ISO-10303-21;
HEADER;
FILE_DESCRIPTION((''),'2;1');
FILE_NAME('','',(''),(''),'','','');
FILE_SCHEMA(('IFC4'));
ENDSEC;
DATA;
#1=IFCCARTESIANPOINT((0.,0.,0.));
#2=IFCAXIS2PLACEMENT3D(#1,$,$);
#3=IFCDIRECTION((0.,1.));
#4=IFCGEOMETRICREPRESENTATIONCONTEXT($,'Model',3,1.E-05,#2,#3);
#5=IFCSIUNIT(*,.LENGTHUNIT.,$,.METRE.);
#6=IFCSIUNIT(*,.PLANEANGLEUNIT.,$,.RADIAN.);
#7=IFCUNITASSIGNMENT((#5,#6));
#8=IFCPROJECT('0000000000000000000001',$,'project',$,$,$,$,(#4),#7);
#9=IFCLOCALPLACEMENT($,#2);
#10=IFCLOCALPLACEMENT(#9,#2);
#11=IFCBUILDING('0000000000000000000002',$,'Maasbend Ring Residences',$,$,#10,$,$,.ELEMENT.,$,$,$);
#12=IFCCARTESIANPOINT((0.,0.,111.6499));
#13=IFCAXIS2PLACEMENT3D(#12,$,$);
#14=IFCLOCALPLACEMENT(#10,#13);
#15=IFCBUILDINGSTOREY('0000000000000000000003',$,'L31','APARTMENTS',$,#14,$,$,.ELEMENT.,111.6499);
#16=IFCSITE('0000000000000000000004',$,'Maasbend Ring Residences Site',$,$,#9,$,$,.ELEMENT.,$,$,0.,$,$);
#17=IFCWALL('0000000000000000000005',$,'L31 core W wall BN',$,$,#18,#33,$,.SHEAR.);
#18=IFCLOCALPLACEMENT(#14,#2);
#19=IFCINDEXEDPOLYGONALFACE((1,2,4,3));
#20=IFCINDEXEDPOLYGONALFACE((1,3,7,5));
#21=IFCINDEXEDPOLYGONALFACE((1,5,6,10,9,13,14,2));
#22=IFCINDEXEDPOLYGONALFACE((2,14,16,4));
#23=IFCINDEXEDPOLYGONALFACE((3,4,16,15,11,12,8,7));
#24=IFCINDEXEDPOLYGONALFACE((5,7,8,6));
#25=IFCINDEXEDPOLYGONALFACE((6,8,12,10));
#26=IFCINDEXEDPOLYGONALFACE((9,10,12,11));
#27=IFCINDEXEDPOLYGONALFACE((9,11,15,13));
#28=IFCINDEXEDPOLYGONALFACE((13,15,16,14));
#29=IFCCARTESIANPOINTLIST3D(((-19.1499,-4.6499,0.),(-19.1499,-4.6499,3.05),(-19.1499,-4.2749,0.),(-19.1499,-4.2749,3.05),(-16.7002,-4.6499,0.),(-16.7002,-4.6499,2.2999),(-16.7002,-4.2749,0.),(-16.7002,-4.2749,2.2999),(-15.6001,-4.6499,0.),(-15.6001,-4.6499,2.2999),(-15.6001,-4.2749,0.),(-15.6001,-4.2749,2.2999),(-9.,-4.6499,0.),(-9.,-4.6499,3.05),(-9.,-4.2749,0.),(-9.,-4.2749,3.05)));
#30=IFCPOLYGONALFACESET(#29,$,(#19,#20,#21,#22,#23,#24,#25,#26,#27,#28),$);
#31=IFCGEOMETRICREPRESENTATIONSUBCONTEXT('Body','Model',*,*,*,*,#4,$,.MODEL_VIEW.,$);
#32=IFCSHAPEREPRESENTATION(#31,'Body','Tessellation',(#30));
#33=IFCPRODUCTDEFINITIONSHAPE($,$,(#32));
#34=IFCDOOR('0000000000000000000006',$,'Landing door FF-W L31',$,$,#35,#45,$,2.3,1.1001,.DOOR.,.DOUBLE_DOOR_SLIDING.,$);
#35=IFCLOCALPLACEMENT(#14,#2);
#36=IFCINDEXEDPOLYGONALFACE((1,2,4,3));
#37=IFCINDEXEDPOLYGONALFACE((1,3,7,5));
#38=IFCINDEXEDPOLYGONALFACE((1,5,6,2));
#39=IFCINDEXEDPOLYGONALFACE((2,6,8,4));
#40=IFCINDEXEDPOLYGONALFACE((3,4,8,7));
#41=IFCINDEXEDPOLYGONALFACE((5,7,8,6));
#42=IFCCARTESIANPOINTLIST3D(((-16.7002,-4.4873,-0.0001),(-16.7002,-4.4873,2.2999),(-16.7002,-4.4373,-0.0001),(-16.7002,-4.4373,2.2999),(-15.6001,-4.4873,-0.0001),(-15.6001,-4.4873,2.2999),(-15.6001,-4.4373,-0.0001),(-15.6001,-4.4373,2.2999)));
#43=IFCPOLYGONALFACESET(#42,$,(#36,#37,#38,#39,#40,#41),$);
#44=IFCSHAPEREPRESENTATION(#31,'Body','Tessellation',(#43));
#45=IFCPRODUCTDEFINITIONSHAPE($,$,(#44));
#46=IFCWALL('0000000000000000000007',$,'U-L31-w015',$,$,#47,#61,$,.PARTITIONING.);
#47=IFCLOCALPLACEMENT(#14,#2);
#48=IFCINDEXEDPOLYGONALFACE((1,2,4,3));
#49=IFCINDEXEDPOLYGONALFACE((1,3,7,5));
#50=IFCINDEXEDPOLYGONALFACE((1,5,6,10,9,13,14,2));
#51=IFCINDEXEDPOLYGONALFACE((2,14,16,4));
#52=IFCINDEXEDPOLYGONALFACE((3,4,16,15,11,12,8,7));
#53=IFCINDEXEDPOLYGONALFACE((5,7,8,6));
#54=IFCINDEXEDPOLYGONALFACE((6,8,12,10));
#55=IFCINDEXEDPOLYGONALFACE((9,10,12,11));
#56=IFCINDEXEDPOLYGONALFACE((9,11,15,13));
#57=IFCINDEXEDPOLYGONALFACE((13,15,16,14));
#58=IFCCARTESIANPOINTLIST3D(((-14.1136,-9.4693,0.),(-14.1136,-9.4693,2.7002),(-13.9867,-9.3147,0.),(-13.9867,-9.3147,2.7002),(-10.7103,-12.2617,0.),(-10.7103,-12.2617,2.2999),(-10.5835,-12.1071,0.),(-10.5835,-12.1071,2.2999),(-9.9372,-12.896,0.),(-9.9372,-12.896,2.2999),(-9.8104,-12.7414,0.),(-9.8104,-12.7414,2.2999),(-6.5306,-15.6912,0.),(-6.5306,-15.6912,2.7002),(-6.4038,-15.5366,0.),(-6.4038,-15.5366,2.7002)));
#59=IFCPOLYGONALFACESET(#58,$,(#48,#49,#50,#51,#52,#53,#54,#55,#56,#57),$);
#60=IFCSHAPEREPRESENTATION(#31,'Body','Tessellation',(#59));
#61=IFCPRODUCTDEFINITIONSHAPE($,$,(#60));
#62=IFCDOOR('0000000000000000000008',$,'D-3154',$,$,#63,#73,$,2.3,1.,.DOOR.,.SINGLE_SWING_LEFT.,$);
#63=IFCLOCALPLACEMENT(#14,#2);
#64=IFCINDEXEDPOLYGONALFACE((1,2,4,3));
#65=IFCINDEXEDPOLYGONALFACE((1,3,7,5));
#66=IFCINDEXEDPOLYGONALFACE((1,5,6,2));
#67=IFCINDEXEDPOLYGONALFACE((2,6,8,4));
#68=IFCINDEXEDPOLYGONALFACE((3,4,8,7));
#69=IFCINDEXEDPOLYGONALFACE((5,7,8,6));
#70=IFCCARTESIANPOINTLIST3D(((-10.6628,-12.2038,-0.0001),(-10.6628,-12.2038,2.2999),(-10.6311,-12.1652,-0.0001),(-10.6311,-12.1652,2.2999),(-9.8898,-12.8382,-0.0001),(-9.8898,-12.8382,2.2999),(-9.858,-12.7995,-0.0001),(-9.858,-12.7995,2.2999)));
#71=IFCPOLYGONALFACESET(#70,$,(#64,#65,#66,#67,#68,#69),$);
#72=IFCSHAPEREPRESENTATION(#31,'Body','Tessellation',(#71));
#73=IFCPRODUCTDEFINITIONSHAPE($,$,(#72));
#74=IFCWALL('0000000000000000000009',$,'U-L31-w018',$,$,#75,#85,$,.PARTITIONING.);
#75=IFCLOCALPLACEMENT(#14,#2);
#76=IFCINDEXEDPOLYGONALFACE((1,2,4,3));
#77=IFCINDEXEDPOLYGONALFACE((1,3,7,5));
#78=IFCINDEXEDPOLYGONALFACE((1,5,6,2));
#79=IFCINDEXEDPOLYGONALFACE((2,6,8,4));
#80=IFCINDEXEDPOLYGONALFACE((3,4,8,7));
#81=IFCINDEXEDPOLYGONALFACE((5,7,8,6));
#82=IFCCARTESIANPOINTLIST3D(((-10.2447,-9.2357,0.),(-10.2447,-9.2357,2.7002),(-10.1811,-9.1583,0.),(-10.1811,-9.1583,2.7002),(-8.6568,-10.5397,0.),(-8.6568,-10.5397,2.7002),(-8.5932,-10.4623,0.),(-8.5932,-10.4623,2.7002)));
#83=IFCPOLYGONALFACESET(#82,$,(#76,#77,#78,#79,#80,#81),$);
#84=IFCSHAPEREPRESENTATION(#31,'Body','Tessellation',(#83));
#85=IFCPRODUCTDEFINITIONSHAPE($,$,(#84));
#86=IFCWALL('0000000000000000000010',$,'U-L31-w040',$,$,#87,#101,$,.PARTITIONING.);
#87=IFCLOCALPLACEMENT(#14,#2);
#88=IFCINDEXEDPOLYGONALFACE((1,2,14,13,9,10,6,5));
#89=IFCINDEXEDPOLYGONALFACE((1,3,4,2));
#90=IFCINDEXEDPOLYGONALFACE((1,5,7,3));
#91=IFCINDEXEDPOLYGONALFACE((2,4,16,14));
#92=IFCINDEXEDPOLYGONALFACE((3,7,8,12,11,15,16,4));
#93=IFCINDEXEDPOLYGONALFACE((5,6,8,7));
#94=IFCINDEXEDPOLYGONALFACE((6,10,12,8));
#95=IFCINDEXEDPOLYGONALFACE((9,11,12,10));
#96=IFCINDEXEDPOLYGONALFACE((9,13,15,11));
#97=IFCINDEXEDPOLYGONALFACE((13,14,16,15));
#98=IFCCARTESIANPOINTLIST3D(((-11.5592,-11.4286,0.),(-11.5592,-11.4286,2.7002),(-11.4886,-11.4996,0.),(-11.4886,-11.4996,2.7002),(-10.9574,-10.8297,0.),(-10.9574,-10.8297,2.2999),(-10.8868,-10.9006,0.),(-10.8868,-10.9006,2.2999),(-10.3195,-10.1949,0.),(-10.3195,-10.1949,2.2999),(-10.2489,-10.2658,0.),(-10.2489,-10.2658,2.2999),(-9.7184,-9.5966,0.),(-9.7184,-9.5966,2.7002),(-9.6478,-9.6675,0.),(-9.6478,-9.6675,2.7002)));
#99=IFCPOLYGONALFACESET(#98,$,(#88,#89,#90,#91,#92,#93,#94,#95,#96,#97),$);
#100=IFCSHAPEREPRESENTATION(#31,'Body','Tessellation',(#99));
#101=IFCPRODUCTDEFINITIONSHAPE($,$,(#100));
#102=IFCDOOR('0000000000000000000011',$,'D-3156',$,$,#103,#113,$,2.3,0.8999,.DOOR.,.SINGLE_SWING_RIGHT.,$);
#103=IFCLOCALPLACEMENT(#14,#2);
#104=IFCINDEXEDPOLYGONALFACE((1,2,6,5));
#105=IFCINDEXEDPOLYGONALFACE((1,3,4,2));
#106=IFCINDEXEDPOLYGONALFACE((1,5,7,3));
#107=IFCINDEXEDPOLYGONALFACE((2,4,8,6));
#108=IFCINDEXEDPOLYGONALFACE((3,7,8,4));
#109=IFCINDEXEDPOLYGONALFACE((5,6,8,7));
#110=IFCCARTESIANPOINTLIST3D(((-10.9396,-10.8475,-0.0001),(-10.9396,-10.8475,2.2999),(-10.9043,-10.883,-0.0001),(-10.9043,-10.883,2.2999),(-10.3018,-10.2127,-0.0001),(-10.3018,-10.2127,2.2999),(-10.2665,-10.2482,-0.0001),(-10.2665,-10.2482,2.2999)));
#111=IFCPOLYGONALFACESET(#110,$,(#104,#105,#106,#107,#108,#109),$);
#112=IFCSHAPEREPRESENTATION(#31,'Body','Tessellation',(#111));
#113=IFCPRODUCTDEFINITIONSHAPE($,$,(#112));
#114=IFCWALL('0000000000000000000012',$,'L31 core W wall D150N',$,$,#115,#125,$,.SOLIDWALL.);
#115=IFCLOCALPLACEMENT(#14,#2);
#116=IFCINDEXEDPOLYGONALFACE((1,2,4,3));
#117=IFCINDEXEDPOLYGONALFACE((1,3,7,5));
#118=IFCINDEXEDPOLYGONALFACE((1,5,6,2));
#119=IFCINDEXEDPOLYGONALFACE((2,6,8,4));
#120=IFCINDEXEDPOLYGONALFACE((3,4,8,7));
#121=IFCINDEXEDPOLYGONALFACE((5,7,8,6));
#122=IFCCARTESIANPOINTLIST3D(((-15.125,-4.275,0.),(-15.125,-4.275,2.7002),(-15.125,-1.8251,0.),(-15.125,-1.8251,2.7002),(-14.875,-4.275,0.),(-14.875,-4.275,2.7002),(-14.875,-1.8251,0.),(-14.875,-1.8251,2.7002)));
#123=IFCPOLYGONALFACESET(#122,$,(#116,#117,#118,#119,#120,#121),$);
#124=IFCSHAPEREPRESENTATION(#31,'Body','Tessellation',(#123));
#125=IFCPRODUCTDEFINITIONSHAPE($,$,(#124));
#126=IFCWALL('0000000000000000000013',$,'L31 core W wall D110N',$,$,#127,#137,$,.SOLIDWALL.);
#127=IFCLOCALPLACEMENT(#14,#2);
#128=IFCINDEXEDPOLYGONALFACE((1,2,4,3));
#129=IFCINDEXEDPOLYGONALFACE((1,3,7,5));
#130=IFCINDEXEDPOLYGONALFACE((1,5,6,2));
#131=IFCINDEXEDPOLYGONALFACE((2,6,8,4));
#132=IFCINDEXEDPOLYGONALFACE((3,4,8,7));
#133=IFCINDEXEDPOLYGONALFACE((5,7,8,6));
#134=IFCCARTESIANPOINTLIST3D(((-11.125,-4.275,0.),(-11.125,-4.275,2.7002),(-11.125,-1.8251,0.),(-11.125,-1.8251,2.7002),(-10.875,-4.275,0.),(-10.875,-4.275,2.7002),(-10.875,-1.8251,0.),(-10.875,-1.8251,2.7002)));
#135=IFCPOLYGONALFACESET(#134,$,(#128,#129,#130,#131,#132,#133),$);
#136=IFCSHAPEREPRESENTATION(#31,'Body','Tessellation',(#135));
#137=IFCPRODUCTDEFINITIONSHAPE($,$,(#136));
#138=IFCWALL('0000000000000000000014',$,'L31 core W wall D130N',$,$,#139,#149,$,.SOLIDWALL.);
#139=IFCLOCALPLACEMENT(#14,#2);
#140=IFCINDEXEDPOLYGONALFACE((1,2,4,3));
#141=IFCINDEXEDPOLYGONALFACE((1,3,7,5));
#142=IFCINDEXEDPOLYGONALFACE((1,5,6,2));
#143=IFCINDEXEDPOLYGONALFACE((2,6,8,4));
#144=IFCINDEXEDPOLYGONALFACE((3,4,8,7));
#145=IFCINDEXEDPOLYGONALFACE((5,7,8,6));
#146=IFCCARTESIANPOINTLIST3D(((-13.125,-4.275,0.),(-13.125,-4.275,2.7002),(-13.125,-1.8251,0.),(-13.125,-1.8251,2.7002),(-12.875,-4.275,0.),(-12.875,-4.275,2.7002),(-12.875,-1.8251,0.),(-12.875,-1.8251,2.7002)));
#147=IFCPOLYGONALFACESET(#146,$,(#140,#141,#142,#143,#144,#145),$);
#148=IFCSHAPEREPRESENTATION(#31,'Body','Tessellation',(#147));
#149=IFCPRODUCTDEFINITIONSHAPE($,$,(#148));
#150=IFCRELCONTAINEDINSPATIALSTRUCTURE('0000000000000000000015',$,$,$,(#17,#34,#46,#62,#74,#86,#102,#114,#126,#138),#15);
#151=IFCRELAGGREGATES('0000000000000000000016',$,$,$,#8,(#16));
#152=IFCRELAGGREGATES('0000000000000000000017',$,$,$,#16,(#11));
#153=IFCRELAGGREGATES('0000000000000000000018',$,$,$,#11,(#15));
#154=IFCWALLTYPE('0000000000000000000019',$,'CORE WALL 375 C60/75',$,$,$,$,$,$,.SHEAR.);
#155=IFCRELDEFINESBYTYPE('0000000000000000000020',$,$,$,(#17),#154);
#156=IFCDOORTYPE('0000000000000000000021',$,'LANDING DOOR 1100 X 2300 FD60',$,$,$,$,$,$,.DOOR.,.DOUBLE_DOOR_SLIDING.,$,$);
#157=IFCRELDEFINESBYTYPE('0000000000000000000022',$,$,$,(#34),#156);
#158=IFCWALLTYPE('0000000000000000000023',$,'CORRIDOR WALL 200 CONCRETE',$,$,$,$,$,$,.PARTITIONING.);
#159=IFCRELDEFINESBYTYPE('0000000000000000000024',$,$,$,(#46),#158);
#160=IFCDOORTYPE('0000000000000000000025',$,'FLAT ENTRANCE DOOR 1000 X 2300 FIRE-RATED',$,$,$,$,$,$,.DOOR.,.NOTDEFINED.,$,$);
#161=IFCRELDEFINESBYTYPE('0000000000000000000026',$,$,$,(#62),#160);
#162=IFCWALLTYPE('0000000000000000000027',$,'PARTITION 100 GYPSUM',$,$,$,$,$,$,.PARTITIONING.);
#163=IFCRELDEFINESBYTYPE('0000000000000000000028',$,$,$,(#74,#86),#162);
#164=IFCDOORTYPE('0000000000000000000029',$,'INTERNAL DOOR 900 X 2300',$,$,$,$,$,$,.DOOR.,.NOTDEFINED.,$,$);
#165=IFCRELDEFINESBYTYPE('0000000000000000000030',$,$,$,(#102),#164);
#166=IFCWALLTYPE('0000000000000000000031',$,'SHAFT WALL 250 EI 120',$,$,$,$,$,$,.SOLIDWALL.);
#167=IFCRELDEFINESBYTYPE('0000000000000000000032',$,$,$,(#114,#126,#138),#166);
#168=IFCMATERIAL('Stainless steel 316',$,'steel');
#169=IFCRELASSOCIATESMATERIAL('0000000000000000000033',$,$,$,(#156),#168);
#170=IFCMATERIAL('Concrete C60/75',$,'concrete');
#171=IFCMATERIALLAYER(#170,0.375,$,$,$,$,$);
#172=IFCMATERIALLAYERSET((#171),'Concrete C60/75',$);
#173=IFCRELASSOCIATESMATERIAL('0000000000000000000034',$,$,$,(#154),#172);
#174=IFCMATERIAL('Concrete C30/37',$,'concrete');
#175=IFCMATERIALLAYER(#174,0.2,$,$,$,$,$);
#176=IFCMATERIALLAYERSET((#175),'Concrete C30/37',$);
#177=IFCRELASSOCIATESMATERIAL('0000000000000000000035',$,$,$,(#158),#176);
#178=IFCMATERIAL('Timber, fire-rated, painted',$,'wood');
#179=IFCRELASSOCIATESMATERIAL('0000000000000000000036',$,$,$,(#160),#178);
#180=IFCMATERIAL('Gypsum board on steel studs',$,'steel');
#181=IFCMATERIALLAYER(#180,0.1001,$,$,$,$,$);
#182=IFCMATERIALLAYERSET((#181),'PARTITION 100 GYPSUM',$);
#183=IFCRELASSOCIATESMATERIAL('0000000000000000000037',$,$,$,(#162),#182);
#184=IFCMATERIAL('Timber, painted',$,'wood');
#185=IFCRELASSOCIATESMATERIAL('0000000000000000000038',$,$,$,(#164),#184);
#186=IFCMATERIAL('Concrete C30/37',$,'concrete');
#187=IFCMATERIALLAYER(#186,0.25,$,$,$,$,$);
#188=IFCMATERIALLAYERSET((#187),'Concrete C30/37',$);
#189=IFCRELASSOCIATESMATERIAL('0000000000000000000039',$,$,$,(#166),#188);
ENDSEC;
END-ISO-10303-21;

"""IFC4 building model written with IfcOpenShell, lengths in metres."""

from ifc_helpers import new_model, si_unit, direction, frame, frame_2d, origin, place, context, subcontext, project, spatial, rectangle, extrude, material, layer, layer_set, type_object, element, fill, save


model = new_model("IFC4")

# Units and contexts
model_context = context("Model", 3, precision=1e-05, world=origin(), true_north=direction((0.0, 1.0)))
body_context = subcontext(model_context, "Body", "Model", "MODEL_VIEW")
ifc_project = project(units=[si_unit("LENGTHUNIT", "METRE"), si_unit("PLANEANGLEUNIT", "RADIAN")], contexts=[model_context])

# Site, building, storey
site_placement = place(None, origin())
site = spatial("IfcSite", under=ifc_project, at=site_placement, Name="Maasbend Ring Residences Site", CompositionType="ELEMENT", RefElevation=0.0)
building_placement = place(site_placement, origin())
building = spatial("IfcBuilding", under=site, at=building_placement, Name="Maasbend Ring Residences", CompositionType="ELEMENT")
storey_placement = place(building_placement, frame((0.0, 0.0, 111.6499)))
storey = spatial("IfcBuildingStorey", under=building, at=storey_placement, Name="L31", Description="APARTMENTS", CompositionType="ELEMENT", Elevation=111.6499)

# Shared definitions
ifc_material_1 = material(Name="Stainless steel 316", Category="steel")
door_type_1 = type_object("IfcDoorType", Name="LANDING DOOR 1100 X 2300 FD60", OperationType="DOUBLE_DOOR_SLIDING", PredefinedType="DOOR", material=ifc_material_1)

# Walls, openings, doors
ifc_material_2 = material(Name="Concrete C60/75", Category="concrete")
ifc_layer_1 = layer(ifc_material_2, 0.375)
ifc_layer_set_1 = layer_set([ifc_layer_1], Name="Concrete C60/75")
wall_type_1 = type_object("IfcWallType", Name="CORE WALL 375 C60/75", PredefinedType="SHEAR", material=ifc_layer_set_1)
wall_1_placement = place(storey_placement, frame((-9.0, -4.4624, 0.0), z_axis=(0.0, 0.0, 1.0), x_axis=(-1.0, 0.0, 0.0)))
wall_1 = element("IfcWall", 1, at=wall_1_placement, inside=storey, type_object=wall_type_1, Name="L31 core W wall BN", PredefinedType="SHEAR", context=body_context, shape_type="SweptSolid", body=[
    extrude(rectangle(XDim=10.1499, YDim=0.375, at=frame_2d((5.075, 0.0))), origin(), (0.0, 0.0, 1.0), 3.05),
])
opening_1_placement = place(wall_1_placement, frame((6.6001, 0.0, 0.0)))
opening_1 = element("IfcOpeningElement", 2, at=opening_1_placement, cuts=wall_1, PredefinedType="OPENING", context=body_context, shape_type="SweptSolid", body=[
    extrude(rectangle(XDim=1.1001, YDim=2.3, at=frame_2d((0.55, 1.1499))), frame((0.0, 0.1975, 0.0), z_axis=(0.0, -1.0, 0.0), x_axis=(1.0, 0.0, 0.0)), (0.0, 0.0, 1.0), 0.395),
])
door_1_placement = place(opening_1_placement, origin())
door_1 = element("IfcDoor", 3, at=door_1_placement, inside=storey, type_object=door_type_1, Name="Landing door FF-W L31", OperationType="DOUBLE_DOOR_SLIDING", OverallHeight=2.3, OverallWidth=1.1001, PredefinedType="DOOR", context=body_context, shape_type="SweptSolid", body=[
    extrude(rectangle(XDim=1.1001, YDim=2.3, at=frame_2d((0.55, 1.1499))), frame((0.0, 0.0249, 0.0), z_axis=(0.0, -1.0, 0.0), x_axis=(1.0, 0.0, 0.0)), (0.0, 0.0, 1.0), 0.05),
])
fill(opening_1, door_1)
ifc_material_3 = material(Name="Concrete C30/37", Category="concrete")
ifc_layer_2 = layer(ifc_material_3, 0.2)
ifc_layer_set_2 = layer_set([ifc_layer_2], Name="Concrete C30/37")
wall_type_2 = type_object("IfcWallType", Name="CORRIDOR WALL 200 CONCRETE", PredefinedType="PARTITIONING", material=ifc_layer_set_2)
wall_2_placement = place(storey_placement, frame((-14.05, -9.3921, 0.0), z_axis=(0.0, 0.0, 1.0), x_axis=(0.773075, -0.634315, 0.0)))
wall_2 = element("IfcWall", 4, at=wall_2_placement, inside=storey, type_object=wall_type_2, Name="U-L31-w015", PredefinedType="PARTITIONING", context=body_context, shape_type="SweptSolid", body=[
    extrude(rectangle(XDim=9.8088, YDim=0.2, at=frame_2d((4.9043, 0.0))), origin(), (0.0, 0.0, 1.0), 2.7002),
])
opening_2_placement = place(wall_2_placement, frame((4.4021, 0.0, 0.0)))
opening_2 = element("IfcOpeningElement", 5, at=opening_2_placement, cuts=wall_2, PredefinedType="OPENING", context=body_context, shape_type="SweptSolid", body=[
    extrude(rectangle(XDim=1.0, YDim=2.3, at=frame_2d((0.5, 1.1499))), frame((0.0, 0.1099, 0.0), z_axis=(0.0, -1.0, 0.0), x_axis=(1.0, 0.0, 0.0)), (0.0, 0.0, 1.0), 0.22),
])
ifc_material_4 = material(Name="Timber, fire-rated, painted", Category="wood")
door_type_2 = type_object("IfcDoorType", Name="FLAT ENTRANCE DOOR 1000 X 2300 FIRE-RATED", OperationType="NOTDEFINED", PredefinedType="DOOR", material=ifc_material_4)
door_2_placement = place(opening_2_placement, origin())
door_2 = element("IfcDoor", 6, at=door_2_placement, inside=storey, type_object=door_type_2, Name="D-3154", OperationType="SINGLE_SWING_LEFT", OverallHeight=2.3, OverallWidth=1.0, PredefinedType="DOOR", context=body_context, shape_type="SweptSolid", body=[
    extrude(rectangle(XDim=1.0, YDim=2.3, at=frame_2d((0.5, 1.1499))), frame((0.0, 0.0249, 0.0), z_axis=(0.0, -1.0, 0.0), x_axis=(1.0, 0.0, 0.0)), (0.0, 0.0, 1.0), 0.05),
])
fill(opening_2, door_2)

# Wall
ifc_material_5 = material(Name="Gypsum board on steel studs", Category="steel")
ifc_layer_3 = layer(ifc_material_5, 0.1001)
ifc_layer_set_3 = layer_set([ifc_layer_3], Name="PARTITION 100 GYPSUM")
wall_type_3 = type_object("IfcWallType", Name="PARTITION 100 GYPSUM", PredefinedType="PARTITIONING", material=ifc_layer_set_3)
wall_3_placement = place(storey_placement, frame((-10.2129, -9.197, 0.0), z_axis=(0.0, 0.0, 1.0), x_axis=(0.772818, -0.634628, 0.0)))
element("IfcWall", 7, at=wall_3_placement, inside=storey, type_object=wall_type_3, Name="U-L31-w018", PredefinedType="PARTITIONING", context=body_context, shape_type="SweptSolid", body=[
    extrude(rectangle(XDim=2.0547, YDim=0.1001, at=frame_2d((1.0273, 0.0))), origin(), (0.0, 0.0, 1.0), 2.7002),
])

# Wall, opening, door
wall_4_placement = place(storey_placement, frame((-11.5239, -11.4641, 0.0), z_axis=(0.0, 0.0, 1.0), x_axis=(0.708797, 0.705413, 0.0)))
wall_4 = element("IfcWall", 8, at=wall_4_placement, inside=storey, type_object=wall_type_3, Name="U-L31-w040", PredefinedType="PARTITIONING", context=body_context, shape_type="SweptSolid", body=[
    extrude(rectangle(XDim=2.5972, YDim=0.1001, at=frame_2d((1.2986, 0.0))), origin(), (0.0, 0.0, 1.0), 2.7002),
])
opening_3_placement = place(wall_4_placement, frame((0.8491, 0.0, 0.0)))
opening_3 = element("IfcOpeningElement", 9, at=opening_3_placement, cuts=wall_4, PredefinedType="OPENING", context=body_context, shape_type="SweptSolid", body=[
    extrude(rectangle(XDim=0.8999, YDim=2.3, at=frame_2d((0.45, 1.1499))), frame((0.0, 0.0601, 0.0), z_axis=(0.0, -1.0, 0.0), x_axis=(1.0, 0.0, 0.0)), (0.0, 0.0, 1.0), 0.1201),
])
ifc_material_6 = material(Name="Timber, painted", Category="wood")
door_type_3 = type_object("IfcDoorType", Name="INTERNAL DOOR 900 X 2300", OperationType="NOTDEFINED", PredefinedType="DOOR", material=ifc_material_6)
door_3_placement = place(opening_3_placement, origin())
door_3 = element("IfcDoor", 10, at=door_3_placement, inside=storey, type_object=door_type_3, Name="D-3156", OperationType="SINGLE_SWING_RIGHT", OverallHeight=2.3, OverallWidth=0.8999, PredefinedType="DOOR", context=body_context, shape_type="SweptSolid", body=[
    extrude(rectangle(XDim=0.8999, YDim=2.3, at=frame_2d((0.45, 1.1499))), frame((0.0, 0.0249, 0.0), z_axis=(0.0, -1.0, 0.0), x_axis=(1.0, 0.0, 0.0)), (0.0, 0.0, 1.0), 0.05),
])
fill(opening_3, door_3)

# Walls
ifc_material_7 = material(Name="Concrete C30/37", Category="concrete")
ifc_layer_4 = layer(ifc_material_7, 0.25)
ifc_layer_set_4 = layer_set([ifc_layer_4], Name="Concrete C30/37")
wall_type_4 = type_object("IfcWallType", Name="SHAFT WALL 250 EI 120", PredefinedType="SOLIDWALL", material=ifc_layer_set_4)
for number, where, z_axis, x_axis, name in (
    (11, (-15.0, -1.825, 0.0), (0.0, 0.0, 1.0), (0.0, -1.0, 0.0), "L31 core W wall D150N"),
    (12, (-11.0, -1.825, 0.0), (0.0, 0.0, 1.0), (0.0, -1.0, 0.0), "L31 core W wall D110N"),
    (13, (-13.0, -1.825, 0.0), (0.0, 0.0, 1.0), (0.0, -1.0, 0.0), "L31 core W wall D130N"),
):
    element("IfcWall", number, at=place(storey_placement, frame(where, z_axis=z_axis, x_axis=x_axis)), inside=storey, type_object=wall_type_4, Name=name, PredefinedType="SOLIDWALL", context=body_context, shape_type="SweptSolid", body=[
        extrude(rectangle(XDim=2.45, YDim=0.25, at=frame_2d((1.2251, 0.0))), origin(), (0.0, 0.0, 1.0), 2.7002),
    ])

save(model, "model.ifc")
